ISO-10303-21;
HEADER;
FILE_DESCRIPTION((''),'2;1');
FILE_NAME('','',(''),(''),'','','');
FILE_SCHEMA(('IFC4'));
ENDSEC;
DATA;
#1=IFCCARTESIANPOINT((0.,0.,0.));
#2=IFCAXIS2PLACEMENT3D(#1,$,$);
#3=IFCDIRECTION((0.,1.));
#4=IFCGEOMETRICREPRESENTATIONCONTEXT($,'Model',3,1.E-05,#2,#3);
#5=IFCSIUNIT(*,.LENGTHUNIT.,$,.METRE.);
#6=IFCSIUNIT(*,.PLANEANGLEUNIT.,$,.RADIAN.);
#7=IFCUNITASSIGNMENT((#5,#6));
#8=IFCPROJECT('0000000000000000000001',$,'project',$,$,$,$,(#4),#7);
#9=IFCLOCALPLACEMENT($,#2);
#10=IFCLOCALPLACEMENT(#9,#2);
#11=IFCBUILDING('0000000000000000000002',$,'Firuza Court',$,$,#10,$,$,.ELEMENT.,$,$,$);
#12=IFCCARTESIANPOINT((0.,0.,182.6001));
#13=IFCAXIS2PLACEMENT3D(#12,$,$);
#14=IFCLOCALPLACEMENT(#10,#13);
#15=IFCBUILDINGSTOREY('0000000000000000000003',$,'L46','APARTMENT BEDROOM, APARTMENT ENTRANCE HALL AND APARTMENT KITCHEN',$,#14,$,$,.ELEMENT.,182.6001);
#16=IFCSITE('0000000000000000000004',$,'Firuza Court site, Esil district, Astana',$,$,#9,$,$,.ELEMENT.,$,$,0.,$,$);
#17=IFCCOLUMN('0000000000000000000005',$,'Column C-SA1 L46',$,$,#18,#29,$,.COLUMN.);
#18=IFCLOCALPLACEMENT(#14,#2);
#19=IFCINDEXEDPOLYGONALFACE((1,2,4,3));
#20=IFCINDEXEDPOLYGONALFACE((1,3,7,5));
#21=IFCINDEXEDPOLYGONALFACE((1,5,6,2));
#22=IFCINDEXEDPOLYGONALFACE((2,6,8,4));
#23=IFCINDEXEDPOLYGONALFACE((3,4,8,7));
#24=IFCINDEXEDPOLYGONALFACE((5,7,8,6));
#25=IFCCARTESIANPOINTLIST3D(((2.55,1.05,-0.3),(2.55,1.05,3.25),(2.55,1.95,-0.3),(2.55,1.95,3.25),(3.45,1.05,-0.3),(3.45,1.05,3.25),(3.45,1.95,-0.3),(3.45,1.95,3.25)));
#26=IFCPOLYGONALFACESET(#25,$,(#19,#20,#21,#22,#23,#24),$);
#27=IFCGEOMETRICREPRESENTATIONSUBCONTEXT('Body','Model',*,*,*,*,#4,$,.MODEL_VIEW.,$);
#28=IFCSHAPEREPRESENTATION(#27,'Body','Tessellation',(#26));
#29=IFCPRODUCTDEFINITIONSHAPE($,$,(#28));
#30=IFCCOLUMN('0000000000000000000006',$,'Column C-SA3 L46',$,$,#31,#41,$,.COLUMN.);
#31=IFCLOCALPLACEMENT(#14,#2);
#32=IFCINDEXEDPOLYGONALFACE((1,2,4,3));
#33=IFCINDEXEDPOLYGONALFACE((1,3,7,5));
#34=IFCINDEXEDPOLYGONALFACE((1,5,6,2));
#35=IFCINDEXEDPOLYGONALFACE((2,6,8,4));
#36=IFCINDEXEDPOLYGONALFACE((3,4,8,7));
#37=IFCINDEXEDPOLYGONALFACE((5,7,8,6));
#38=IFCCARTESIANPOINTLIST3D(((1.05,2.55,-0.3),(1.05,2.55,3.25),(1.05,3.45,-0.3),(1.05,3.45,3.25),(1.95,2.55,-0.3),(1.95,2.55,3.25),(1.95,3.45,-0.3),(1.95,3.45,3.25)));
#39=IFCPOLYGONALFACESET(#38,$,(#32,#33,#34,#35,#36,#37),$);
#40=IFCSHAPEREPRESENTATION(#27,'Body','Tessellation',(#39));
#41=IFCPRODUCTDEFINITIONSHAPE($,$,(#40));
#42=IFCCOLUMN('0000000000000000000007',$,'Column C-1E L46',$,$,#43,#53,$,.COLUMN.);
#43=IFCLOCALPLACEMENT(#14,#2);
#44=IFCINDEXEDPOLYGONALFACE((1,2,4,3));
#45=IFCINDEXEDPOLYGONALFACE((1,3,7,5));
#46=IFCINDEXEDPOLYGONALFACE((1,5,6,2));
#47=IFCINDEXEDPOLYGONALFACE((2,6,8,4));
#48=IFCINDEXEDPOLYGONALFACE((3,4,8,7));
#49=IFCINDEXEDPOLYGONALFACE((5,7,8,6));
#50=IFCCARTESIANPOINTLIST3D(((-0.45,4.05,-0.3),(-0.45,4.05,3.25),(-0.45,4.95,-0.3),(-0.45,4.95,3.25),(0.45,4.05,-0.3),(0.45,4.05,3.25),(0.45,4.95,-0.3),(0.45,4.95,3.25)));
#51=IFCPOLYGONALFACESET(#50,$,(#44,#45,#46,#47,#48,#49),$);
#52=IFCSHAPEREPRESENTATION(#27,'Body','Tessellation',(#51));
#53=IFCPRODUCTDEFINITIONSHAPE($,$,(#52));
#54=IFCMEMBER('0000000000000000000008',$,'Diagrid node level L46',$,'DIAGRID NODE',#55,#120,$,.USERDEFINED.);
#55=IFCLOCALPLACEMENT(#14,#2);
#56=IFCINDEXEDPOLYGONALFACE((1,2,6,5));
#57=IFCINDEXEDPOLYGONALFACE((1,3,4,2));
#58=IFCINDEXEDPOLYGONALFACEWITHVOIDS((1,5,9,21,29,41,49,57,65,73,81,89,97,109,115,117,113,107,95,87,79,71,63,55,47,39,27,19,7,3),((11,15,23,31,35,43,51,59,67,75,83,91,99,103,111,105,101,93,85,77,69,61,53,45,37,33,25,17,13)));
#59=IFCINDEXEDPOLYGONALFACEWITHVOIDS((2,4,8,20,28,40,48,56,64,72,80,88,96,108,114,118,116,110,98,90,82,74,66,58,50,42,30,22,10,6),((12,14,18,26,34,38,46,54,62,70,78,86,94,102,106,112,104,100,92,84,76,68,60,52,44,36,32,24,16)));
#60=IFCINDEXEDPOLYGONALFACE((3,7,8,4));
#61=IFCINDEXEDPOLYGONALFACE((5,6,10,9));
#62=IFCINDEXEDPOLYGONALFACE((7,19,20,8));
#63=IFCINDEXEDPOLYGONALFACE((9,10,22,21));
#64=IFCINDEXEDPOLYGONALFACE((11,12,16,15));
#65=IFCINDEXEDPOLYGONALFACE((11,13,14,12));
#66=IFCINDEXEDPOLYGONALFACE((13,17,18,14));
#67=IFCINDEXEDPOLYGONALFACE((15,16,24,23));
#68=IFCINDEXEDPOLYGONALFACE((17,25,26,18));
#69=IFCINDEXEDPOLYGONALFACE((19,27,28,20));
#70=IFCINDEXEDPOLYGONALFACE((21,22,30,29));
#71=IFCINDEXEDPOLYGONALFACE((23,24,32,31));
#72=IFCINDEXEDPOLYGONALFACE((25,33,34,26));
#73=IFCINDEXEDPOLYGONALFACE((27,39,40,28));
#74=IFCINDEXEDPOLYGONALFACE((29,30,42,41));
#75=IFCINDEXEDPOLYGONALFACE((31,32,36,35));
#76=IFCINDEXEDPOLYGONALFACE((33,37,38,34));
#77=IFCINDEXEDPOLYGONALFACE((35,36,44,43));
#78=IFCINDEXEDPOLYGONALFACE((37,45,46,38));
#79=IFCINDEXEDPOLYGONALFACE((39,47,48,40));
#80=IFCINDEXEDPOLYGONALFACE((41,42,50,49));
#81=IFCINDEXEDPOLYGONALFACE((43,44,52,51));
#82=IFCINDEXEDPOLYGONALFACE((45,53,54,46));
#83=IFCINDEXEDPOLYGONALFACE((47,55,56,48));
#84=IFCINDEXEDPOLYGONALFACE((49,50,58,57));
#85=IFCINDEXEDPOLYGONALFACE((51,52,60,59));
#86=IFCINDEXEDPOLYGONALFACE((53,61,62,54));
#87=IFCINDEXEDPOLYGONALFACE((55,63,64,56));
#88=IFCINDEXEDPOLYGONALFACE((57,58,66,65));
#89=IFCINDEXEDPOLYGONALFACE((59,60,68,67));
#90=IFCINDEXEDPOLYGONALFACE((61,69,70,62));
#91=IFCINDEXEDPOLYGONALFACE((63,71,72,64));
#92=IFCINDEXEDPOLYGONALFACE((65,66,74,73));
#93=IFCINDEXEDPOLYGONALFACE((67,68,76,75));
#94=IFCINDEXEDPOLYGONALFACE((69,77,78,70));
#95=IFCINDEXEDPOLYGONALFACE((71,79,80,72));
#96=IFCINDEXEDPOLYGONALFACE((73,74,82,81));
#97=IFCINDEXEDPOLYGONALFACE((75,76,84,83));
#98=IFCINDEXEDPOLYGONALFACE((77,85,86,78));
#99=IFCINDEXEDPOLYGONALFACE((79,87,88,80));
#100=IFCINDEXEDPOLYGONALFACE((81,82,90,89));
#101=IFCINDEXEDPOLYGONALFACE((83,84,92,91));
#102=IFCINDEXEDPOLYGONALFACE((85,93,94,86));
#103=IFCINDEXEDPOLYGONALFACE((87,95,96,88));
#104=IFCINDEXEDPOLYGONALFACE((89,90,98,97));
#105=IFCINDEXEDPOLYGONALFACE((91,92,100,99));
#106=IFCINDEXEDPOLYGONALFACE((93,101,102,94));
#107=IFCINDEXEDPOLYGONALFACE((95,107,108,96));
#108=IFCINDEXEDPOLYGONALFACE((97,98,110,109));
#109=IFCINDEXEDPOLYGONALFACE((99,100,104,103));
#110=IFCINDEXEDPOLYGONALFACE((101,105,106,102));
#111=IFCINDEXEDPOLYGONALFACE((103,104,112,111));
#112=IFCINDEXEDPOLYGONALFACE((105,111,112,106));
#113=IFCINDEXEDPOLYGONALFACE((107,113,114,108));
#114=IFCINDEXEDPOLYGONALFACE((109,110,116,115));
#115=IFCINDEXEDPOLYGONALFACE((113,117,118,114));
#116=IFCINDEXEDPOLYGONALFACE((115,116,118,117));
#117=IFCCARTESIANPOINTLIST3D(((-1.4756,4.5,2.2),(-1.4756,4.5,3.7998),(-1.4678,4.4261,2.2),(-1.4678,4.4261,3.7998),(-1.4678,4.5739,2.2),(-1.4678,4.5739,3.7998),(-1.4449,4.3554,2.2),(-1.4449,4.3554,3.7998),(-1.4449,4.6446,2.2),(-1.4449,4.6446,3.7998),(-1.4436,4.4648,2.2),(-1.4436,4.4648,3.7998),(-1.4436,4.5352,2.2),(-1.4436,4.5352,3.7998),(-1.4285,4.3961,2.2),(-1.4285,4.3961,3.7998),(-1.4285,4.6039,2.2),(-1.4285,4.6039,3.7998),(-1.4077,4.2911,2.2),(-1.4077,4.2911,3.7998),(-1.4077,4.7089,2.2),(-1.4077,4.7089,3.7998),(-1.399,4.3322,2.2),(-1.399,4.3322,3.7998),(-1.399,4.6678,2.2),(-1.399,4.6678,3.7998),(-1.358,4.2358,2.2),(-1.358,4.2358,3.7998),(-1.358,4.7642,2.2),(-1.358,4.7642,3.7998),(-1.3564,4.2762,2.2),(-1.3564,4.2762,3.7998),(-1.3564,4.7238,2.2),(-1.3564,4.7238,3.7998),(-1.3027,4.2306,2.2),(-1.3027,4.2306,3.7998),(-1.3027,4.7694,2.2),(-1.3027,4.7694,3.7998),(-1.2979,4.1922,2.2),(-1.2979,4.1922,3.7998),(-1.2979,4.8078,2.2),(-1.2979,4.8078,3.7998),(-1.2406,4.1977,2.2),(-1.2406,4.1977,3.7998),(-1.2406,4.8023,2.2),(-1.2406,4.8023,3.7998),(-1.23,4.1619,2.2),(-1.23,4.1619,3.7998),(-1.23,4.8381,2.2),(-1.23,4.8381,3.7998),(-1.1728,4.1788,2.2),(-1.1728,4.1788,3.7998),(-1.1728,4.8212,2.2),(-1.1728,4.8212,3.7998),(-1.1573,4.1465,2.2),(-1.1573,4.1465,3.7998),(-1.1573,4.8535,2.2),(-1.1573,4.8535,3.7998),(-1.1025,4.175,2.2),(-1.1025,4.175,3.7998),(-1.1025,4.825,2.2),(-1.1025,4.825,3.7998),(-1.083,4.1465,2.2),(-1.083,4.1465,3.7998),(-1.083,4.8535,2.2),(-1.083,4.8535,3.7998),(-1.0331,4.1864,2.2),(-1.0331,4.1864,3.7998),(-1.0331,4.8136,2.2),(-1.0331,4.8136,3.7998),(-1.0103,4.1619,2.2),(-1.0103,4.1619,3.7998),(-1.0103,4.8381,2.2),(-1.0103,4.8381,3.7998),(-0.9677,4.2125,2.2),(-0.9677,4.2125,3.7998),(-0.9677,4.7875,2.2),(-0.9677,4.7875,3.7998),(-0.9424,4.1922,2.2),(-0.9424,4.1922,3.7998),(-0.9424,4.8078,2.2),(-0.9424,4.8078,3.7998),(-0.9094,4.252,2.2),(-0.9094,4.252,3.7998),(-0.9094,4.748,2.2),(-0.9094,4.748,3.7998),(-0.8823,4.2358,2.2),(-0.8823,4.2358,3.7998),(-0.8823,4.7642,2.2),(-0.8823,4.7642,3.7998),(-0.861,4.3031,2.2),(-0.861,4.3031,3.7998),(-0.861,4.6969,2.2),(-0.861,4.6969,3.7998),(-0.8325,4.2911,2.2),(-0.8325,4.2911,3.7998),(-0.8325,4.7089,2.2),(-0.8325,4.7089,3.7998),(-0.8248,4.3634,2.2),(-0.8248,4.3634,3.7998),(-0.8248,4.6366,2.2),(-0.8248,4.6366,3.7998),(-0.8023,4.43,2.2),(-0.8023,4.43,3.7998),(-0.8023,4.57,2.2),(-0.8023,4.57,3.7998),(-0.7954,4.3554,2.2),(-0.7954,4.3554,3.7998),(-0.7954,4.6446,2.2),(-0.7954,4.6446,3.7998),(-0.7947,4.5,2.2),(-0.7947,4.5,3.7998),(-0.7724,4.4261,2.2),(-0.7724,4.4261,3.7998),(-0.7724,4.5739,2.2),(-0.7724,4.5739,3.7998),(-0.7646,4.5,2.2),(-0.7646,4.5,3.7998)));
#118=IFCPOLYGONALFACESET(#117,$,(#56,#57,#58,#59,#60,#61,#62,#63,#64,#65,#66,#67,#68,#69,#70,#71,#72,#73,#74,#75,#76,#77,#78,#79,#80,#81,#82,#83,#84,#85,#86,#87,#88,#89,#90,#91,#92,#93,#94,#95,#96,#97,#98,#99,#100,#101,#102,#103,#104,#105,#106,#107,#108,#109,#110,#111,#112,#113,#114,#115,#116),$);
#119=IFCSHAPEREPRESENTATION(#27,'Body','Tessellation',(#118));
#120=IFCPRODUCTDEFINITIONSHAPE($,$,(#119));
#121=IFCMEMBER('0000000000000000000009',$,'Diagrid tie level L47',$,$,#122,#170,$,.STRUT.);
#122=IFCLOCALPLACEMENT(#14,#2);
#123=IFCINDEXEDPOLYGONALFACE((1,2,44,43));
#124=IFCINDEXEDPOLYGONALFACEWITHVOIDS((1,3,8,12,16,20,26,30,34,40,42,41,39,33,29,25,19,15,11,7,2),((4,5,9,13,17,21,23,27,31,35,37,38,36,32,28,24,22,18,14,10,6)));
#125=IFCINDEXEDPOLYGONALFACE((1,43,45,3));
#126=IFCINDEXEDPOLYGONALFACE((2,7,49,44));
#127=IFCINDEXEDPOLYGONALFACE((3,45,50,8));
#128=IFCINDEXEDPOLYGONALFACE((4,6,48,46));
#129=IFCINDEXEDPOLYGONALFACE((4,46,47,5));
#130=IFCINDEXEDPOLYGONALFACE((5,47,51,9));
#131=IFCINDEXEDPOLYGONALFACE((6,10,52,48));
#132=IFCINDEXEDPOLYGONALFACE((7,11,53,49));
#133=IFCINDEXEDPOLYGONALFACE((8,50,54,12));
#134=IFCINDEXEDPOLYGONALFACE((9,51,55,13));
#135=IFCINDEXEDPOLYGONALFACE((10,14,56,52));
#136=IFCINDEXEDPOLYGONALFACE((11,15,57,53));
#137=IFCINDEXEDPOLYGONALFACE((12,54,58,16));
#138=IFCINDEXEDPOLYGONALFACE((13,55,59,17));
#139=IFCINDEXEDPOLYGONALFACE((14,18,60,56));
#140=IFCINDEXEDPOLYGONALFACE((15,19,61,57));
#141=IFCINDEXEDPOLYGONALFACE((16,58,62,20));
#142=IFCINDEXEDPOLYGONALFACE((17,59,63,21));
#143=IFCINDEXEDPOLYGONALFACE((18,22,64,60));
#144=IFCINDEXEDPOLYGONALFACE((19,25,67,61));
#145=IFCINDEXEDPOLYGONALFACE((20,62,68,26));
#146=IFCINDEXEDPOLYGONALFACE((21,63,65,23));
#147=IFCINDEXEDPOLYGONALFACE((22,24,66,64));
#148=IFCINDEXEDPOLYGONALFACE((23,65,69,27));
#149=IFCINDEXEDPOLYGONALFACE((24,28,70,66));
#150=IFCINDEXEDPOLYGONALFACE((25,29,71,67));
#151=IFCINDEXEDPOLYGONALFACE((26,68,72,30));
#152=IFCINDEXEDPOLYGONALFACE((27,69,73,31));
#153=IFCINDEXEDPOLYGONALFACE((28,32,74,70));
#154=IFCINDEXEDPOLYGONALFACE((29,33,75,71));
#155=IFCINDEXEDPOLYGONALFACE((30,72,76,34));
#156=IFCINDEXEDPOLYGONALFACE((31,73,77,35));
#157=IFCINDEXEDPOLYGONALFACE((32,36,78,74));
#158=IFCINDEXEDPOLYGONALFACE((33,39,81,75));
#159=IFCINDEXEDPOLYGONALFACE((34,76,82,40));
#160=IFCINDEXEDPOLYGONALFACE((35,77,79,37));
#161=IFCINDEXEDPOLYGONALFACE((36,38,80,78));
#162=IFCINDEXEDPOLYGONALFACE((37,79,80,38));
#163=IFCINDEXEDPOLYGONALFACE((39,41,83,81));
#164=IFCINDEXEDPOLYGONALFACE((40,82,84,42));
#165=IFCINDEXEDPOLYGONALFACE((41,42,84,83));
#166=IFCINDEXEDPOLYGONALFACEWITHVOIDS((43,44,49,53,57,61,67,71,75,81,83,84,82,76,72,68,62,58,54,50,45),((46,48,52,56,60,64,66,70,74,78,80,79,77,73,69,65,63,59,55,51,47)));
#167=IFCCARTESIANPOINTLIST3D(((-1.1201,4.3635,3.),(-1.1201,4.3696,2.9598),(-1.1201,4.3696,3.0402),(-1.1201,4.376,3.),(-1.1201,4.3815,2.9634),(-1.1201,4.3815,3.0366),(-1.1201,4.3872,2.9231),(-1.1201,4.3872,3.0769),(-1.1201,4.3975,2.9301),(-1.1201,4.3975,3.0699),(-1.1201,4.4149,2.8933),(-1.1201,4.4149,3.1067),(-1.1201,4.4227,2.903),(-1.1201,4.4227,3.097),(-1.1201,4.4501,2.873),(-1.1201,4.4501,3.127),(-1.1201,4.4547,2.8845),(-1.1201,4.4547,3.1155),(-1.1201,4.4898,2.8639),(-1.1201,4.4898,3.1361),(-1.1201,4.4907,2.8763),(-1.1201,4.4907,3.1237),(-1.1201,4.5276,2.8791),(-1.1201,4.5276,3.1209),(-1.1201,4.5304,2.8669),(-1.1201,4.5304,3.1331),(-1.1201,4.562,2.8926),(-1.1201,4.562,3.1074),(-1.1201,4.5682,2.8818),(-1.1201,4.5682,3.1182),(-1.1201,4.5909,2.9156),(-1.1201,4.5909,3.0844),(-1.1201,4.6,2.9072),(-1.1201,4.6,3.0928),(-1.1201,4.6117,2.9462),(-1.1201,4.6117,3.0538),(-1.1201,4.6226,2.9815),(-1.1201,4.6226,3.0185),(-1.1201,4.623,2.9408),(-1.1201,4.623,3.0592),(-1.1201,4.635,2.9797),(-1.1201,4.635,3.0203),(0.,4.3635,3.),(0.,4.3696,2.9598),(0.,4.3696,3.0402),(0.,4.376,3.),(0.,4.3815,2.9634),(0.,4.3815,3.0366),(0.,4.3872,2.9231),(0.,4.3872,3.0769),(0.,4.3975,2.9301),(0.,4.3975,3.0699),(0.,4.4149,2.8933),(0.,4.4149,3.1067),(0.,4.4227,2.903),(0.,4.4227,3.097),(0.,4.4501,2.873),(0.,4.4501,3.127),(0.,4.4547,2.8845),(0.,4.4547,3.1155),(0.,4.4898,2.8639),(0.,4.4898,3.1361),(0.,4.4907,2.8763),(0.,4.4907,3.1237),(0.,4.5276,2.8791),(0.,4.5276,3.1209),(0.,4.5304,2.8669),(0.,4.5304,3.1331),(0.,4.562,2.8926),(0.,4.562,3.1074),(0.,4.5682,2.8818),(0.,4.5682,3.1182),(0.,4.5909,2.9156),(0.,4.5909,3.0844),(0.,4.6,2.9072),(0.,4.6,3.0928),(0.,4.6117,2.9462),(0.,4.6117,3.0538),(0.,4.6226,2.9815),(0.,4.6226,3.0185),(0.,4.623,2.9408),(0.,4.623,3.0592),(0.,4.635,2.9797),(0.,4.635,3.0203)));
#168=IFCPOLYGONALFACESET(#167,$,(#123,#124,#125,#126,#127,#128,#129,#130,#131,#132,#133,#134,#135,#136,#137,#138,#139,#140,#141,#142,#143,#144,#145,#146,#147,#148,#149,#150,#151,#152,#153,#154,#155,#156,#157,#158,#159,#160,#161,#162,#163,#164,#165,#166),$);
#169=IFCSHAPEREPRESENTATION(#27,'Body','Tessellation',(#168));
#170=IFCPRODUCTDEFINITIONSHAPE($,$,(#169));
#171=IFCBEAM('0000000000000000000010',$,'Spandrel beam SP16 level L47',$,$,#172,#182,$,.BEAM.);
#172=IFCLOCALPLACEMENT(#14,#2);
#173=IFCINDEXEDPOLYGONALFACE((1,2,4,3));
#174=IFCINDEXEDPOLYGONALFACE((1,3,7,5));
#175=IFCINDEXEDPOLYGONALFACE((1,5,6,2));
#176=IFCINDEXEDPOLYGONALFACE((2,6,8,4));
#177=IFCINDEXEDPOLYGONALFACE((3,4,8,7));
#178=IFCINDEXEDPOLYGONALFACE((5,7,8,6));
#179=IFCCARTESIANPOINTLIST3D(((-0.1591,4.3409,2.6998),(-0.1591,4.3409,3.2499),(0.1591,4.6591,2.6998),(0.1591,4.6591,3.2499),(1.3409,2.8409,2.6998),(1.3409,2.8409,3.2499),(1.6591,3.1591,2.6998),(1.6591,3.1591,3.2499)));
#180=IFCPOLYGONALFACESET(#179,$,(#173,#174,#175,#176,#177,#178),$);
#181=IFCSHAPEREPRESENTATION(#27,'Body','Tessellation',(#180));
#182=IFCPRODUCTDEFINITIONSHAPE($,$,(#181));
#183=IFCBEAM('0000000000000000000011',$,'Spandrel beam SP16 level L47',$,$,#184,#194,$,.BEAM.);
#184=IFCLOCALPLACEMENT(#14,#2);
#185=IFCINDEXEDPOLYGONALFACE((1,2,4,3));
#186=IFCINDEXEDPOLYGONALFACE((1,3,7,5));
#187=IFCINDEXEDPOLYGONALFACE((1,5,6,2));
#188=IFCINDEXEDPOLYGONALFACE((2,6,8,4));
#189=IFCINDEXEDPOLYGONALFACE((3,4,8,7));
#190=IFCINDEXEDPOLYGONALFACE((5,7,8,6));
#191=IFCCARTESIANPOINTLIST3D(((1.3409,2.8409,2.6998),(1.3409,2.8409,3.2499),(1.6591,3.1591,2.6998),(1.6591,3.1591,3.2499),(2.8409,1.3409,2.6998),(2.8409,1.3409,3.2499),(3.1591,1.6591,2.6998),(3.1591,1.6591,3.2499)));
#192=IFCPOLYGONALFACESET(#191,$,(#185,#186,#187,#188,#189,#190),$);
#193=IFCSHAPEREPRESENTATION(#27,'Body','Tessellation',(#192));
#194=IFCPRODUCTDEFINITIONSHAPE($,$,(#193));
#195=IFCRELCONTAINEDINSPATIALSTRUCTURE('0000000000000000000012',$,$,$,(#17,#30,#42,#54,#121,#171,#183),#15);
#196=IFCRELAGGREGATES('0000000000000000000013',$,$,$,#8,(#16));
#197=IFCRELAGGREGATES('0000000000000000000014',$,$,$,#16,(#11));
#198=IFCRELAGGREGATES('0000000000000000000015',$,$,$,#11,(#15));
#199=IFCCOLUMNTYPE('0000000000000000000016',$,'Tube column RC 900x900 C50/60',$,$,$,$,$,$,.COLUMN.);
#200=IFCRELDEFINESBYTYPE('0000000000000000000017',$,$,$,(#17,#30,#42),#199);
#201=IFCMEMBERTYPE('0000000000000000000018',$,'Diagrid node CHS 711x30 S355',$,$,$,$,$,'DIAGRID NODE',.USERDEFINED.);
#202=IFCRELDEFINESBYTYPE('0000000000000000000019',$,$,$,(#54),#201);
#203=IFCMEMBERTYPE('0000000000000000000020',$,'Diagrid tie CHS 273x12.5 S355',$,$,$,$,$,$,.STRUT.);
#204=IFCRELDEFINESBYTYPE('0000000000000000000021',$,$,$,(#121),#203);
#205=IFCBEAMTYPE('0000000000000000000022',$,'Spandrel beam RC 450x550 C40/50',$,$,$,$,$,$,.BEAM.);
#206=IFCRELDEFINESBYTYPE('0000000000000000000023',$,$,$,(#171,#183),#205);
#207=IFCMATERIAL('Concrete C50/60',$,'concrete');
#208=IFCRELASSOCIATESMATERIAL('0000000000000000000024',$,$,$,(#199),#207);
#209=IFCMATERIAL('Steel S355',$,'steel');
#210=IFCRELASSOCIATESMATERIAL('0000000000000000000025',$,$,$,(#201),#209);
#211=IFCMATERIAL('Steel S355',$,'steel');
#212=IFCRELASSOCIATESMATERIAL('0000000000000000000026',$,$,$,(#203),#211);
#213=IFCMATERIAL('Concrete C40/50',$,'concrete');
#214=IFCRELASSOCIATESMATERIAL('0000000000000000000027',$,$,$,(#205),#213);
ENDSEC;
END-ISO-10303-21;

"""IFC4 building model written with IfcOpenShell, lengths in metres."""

from ifc_helpers import new_model, si_unit, direction, frame, origin, origin_2d, place, context, subcontext, project, spatial, rectangle, hollow_circle, extrude, material, material_profile, profile_set, type_object, element, save


model = new_model("IFC4")

# Units and contexts
model_context = context("Model", 3, precision=1e-05, world=origin(), true_north=direction((0.0, 1.0)))
body_context = subcontext(model_context, "Body", "Model", "MODEL_VIEW")
ifc_project = project(units=[si_unit("LENGTHUNIT", "METRE"), si_unit("PLANEANGLEUNIT", "RADIAN")], contexts=[model_context])

# Site, building, storey
site_placement = place(None, origin())
site = spatial("IfcSite", under=ifc_project, at=site_placement, Name="Firuza Court site, Esil district, Astana", CompositionType="ELEMENT", RefElevation=0.0)
building_placement = place(site_placement, origin())
building = spatial("IfcBuilding", under=site, at=building_placement, Name="Firuza Court", CompositionType="ELEMENT")
storey_placement = place(building_placement, frame((0.0, 0.0, 182.6001)))
storey = spatial("IfcBuildingStorey", under=building, at=storey_placement, Name="L46", Description="APARTMENT BEDROOM, APARTMENT ENTRANCE HALL AND APARTMENT KITCHEN", CompositionType="ELEMENT", Elevation=182.6001)

# Columns
ifc_material_1 = material(Name="Concrete C50/60", Category="concrete")
ifc_material_profile_1 = material_profile(ifc_material_1, rectangle(XDim=0.8999, YDim=0.8999, at=origin_2d()), Name="RC 900x900")
ifc_profile_set_1 = profile_set([ifc_material_profile_1], Name="Concrete C50/60")
column_type = type_object("IfcColumnType", Name="Tube column RC 900x900 C50/60", PredefinedType="COLUMN", material=ifc_profile_set_1)
for number, where, z_axis, x_axis, name in (
    (1, (3.0, 1.5, -0.3), (0.0, 0.0, 1.0), (1.0, 0.0, 0.0), "Column C-SA1 L46"),
    (2, (1.5, 3.0, -0.3), (0.0, 0.0, 1.0), (1.0, 0.0, 0.0), "Column C-SA3 L46"),
    (3, (0.0, 4.5, -0.3), (0.0, 0.0, 1.0), (1.0, 0.0, 0.0), "Column C-1E L46"),
):
    element("IfcColumn", number, at=place(storey_placement, frame(where, z_axis=z_axis, x_axis=x_axis)), inside=storey, type_object=column_type, Name=name, PredefinedType="COLUMN", context=body_context, shape_type="SweptSolid", body=[
        extrude(rectangle(XDim=0.8999, YDim=0.8999, at=origin_2d()), origin(), (0.0, 0.0, 1.0), 3.55),
    ])

# Members
ifc_material_2 = material(Name="Steel S355", Category="steel")
ifc_material_profile_2 = material_profile(ifc_material_2, hollow_circle(Radius=0.3555, WallThickness=0.03, at=origin_2d()), Name="CHS 711x30")
ifc_profile_set_2 = profile_set([ifc_material_profile_2], Name="Steel S355")
member_type_1 = type_object("IfcMemberType", Name="Diagrid node CHS 711x30 S355", ElementType="DIAGRID NODE", PredefinedType="USERDEFINED", material=ifc_profile_set_2)
member_1_placement = place(storey_placement, frame((-1.1201, 4.5, 2.2), z_axis=(0.0, 0.0, 1.0), x_axis=(1.0, 0.0, 0.0)))
element("IfcMember", 4, at=member_1_placement, inside=storey, type_object=member_type_1, Name="Diagrid node level L46", ObjectType="DIAGRID NODE", PredefinedType="USERDEFINED", context=body_context, shape_type="SweptSolid", body=[
    extrude(hollow_circle(Radius=0.3555, WallThickness=0.03, at=origin_2d()), origin(), (0.0, 0.0, 1.0), 1.5999),
])
ifc_material_3 = material(Name="Steel S355", Category="steel")
ifc_material_profile_3 = material_profile(ifc_material_3, hollow_circle(Radius=0.1365, WallThickness=0.0125, at=origin_2d()), Name="CHS 273x12.5")
ifc_profile_set_3 = profile_set([ifc_material_profile_3], Name="Steel S355")
member_type_2 = type_object("IfcMemberType", Name="Diagrid tie CHS 273x12.5 S355", PredefinedType="STRUT", material=ifc_profile_set_3)
member_2_placement = place(storey_placement, frame((0.0, 4.5, 3.0), z_axis=(-1.0, 0.0, 0.0), x_axis=(0.0, -1.0, 0.0)))
element("IfcMember", 5, at=member_2_placement, inside=storey, type_object=member_type_2, Name="Diagrid tie level L47", PredefinedType="STRUT", context=body_context, shape_type="SweptSolid", body=[
    extrude(hollow_circle(Radius=0.1365, WallThickness=0.0125, at=origin_2d()), origin(), (0.0, 0.0, 1.0), 1.1201),
])

# Beams
ifc_material_4 = material(Name="Concrete C40/50", Category="concrete")
ifc_material_profile_4 = material_profile(ifc_material_4, rectangle(XDim=0.45, YDim=0.55, at=origin_2d()), Name="RC 450x550")
ifc_profile_set_4 = profile_set([ifc_material_profile_4], Name="Concrete C40/50")
beam_type = type_object("IfcBeamType", Name="Spandrel beam RC 450x550 C40/50", PredefinedType="BEAM", material=ifc_profile_set_4)
for number, where, z_axis, x_axis, name in (
    (6, (0.0, 4.5, 2.9749), (0.707107, -0.707107, 0.0), (0.707107, 0.707107, 0.0), "Spandrel beam SP16 level L47"),
    (7, (1.5, 3.0, 2.9749), (0.707107, -0.707107, 0.0), (0.707107, 0.707107, 0.0), "Spandrel beam SP16 level L47"),
):
    element("IfcBeam", number, at=place(storey_placement, frame(where, z_axis=z_axis, x_axis=x_axis)), inside=storey, type_object=beam_type, Name=name, PredefinedType="BEAM", context=body_context, shape_type="SweptSolid", body=[
        extrude(rectangle(XDim=0.45, YDim=0.55, at=origin_2d()), origin(), (0.0, 0.0, 1.0), 2.1213),
    ])

save(model, "model.ifc")
